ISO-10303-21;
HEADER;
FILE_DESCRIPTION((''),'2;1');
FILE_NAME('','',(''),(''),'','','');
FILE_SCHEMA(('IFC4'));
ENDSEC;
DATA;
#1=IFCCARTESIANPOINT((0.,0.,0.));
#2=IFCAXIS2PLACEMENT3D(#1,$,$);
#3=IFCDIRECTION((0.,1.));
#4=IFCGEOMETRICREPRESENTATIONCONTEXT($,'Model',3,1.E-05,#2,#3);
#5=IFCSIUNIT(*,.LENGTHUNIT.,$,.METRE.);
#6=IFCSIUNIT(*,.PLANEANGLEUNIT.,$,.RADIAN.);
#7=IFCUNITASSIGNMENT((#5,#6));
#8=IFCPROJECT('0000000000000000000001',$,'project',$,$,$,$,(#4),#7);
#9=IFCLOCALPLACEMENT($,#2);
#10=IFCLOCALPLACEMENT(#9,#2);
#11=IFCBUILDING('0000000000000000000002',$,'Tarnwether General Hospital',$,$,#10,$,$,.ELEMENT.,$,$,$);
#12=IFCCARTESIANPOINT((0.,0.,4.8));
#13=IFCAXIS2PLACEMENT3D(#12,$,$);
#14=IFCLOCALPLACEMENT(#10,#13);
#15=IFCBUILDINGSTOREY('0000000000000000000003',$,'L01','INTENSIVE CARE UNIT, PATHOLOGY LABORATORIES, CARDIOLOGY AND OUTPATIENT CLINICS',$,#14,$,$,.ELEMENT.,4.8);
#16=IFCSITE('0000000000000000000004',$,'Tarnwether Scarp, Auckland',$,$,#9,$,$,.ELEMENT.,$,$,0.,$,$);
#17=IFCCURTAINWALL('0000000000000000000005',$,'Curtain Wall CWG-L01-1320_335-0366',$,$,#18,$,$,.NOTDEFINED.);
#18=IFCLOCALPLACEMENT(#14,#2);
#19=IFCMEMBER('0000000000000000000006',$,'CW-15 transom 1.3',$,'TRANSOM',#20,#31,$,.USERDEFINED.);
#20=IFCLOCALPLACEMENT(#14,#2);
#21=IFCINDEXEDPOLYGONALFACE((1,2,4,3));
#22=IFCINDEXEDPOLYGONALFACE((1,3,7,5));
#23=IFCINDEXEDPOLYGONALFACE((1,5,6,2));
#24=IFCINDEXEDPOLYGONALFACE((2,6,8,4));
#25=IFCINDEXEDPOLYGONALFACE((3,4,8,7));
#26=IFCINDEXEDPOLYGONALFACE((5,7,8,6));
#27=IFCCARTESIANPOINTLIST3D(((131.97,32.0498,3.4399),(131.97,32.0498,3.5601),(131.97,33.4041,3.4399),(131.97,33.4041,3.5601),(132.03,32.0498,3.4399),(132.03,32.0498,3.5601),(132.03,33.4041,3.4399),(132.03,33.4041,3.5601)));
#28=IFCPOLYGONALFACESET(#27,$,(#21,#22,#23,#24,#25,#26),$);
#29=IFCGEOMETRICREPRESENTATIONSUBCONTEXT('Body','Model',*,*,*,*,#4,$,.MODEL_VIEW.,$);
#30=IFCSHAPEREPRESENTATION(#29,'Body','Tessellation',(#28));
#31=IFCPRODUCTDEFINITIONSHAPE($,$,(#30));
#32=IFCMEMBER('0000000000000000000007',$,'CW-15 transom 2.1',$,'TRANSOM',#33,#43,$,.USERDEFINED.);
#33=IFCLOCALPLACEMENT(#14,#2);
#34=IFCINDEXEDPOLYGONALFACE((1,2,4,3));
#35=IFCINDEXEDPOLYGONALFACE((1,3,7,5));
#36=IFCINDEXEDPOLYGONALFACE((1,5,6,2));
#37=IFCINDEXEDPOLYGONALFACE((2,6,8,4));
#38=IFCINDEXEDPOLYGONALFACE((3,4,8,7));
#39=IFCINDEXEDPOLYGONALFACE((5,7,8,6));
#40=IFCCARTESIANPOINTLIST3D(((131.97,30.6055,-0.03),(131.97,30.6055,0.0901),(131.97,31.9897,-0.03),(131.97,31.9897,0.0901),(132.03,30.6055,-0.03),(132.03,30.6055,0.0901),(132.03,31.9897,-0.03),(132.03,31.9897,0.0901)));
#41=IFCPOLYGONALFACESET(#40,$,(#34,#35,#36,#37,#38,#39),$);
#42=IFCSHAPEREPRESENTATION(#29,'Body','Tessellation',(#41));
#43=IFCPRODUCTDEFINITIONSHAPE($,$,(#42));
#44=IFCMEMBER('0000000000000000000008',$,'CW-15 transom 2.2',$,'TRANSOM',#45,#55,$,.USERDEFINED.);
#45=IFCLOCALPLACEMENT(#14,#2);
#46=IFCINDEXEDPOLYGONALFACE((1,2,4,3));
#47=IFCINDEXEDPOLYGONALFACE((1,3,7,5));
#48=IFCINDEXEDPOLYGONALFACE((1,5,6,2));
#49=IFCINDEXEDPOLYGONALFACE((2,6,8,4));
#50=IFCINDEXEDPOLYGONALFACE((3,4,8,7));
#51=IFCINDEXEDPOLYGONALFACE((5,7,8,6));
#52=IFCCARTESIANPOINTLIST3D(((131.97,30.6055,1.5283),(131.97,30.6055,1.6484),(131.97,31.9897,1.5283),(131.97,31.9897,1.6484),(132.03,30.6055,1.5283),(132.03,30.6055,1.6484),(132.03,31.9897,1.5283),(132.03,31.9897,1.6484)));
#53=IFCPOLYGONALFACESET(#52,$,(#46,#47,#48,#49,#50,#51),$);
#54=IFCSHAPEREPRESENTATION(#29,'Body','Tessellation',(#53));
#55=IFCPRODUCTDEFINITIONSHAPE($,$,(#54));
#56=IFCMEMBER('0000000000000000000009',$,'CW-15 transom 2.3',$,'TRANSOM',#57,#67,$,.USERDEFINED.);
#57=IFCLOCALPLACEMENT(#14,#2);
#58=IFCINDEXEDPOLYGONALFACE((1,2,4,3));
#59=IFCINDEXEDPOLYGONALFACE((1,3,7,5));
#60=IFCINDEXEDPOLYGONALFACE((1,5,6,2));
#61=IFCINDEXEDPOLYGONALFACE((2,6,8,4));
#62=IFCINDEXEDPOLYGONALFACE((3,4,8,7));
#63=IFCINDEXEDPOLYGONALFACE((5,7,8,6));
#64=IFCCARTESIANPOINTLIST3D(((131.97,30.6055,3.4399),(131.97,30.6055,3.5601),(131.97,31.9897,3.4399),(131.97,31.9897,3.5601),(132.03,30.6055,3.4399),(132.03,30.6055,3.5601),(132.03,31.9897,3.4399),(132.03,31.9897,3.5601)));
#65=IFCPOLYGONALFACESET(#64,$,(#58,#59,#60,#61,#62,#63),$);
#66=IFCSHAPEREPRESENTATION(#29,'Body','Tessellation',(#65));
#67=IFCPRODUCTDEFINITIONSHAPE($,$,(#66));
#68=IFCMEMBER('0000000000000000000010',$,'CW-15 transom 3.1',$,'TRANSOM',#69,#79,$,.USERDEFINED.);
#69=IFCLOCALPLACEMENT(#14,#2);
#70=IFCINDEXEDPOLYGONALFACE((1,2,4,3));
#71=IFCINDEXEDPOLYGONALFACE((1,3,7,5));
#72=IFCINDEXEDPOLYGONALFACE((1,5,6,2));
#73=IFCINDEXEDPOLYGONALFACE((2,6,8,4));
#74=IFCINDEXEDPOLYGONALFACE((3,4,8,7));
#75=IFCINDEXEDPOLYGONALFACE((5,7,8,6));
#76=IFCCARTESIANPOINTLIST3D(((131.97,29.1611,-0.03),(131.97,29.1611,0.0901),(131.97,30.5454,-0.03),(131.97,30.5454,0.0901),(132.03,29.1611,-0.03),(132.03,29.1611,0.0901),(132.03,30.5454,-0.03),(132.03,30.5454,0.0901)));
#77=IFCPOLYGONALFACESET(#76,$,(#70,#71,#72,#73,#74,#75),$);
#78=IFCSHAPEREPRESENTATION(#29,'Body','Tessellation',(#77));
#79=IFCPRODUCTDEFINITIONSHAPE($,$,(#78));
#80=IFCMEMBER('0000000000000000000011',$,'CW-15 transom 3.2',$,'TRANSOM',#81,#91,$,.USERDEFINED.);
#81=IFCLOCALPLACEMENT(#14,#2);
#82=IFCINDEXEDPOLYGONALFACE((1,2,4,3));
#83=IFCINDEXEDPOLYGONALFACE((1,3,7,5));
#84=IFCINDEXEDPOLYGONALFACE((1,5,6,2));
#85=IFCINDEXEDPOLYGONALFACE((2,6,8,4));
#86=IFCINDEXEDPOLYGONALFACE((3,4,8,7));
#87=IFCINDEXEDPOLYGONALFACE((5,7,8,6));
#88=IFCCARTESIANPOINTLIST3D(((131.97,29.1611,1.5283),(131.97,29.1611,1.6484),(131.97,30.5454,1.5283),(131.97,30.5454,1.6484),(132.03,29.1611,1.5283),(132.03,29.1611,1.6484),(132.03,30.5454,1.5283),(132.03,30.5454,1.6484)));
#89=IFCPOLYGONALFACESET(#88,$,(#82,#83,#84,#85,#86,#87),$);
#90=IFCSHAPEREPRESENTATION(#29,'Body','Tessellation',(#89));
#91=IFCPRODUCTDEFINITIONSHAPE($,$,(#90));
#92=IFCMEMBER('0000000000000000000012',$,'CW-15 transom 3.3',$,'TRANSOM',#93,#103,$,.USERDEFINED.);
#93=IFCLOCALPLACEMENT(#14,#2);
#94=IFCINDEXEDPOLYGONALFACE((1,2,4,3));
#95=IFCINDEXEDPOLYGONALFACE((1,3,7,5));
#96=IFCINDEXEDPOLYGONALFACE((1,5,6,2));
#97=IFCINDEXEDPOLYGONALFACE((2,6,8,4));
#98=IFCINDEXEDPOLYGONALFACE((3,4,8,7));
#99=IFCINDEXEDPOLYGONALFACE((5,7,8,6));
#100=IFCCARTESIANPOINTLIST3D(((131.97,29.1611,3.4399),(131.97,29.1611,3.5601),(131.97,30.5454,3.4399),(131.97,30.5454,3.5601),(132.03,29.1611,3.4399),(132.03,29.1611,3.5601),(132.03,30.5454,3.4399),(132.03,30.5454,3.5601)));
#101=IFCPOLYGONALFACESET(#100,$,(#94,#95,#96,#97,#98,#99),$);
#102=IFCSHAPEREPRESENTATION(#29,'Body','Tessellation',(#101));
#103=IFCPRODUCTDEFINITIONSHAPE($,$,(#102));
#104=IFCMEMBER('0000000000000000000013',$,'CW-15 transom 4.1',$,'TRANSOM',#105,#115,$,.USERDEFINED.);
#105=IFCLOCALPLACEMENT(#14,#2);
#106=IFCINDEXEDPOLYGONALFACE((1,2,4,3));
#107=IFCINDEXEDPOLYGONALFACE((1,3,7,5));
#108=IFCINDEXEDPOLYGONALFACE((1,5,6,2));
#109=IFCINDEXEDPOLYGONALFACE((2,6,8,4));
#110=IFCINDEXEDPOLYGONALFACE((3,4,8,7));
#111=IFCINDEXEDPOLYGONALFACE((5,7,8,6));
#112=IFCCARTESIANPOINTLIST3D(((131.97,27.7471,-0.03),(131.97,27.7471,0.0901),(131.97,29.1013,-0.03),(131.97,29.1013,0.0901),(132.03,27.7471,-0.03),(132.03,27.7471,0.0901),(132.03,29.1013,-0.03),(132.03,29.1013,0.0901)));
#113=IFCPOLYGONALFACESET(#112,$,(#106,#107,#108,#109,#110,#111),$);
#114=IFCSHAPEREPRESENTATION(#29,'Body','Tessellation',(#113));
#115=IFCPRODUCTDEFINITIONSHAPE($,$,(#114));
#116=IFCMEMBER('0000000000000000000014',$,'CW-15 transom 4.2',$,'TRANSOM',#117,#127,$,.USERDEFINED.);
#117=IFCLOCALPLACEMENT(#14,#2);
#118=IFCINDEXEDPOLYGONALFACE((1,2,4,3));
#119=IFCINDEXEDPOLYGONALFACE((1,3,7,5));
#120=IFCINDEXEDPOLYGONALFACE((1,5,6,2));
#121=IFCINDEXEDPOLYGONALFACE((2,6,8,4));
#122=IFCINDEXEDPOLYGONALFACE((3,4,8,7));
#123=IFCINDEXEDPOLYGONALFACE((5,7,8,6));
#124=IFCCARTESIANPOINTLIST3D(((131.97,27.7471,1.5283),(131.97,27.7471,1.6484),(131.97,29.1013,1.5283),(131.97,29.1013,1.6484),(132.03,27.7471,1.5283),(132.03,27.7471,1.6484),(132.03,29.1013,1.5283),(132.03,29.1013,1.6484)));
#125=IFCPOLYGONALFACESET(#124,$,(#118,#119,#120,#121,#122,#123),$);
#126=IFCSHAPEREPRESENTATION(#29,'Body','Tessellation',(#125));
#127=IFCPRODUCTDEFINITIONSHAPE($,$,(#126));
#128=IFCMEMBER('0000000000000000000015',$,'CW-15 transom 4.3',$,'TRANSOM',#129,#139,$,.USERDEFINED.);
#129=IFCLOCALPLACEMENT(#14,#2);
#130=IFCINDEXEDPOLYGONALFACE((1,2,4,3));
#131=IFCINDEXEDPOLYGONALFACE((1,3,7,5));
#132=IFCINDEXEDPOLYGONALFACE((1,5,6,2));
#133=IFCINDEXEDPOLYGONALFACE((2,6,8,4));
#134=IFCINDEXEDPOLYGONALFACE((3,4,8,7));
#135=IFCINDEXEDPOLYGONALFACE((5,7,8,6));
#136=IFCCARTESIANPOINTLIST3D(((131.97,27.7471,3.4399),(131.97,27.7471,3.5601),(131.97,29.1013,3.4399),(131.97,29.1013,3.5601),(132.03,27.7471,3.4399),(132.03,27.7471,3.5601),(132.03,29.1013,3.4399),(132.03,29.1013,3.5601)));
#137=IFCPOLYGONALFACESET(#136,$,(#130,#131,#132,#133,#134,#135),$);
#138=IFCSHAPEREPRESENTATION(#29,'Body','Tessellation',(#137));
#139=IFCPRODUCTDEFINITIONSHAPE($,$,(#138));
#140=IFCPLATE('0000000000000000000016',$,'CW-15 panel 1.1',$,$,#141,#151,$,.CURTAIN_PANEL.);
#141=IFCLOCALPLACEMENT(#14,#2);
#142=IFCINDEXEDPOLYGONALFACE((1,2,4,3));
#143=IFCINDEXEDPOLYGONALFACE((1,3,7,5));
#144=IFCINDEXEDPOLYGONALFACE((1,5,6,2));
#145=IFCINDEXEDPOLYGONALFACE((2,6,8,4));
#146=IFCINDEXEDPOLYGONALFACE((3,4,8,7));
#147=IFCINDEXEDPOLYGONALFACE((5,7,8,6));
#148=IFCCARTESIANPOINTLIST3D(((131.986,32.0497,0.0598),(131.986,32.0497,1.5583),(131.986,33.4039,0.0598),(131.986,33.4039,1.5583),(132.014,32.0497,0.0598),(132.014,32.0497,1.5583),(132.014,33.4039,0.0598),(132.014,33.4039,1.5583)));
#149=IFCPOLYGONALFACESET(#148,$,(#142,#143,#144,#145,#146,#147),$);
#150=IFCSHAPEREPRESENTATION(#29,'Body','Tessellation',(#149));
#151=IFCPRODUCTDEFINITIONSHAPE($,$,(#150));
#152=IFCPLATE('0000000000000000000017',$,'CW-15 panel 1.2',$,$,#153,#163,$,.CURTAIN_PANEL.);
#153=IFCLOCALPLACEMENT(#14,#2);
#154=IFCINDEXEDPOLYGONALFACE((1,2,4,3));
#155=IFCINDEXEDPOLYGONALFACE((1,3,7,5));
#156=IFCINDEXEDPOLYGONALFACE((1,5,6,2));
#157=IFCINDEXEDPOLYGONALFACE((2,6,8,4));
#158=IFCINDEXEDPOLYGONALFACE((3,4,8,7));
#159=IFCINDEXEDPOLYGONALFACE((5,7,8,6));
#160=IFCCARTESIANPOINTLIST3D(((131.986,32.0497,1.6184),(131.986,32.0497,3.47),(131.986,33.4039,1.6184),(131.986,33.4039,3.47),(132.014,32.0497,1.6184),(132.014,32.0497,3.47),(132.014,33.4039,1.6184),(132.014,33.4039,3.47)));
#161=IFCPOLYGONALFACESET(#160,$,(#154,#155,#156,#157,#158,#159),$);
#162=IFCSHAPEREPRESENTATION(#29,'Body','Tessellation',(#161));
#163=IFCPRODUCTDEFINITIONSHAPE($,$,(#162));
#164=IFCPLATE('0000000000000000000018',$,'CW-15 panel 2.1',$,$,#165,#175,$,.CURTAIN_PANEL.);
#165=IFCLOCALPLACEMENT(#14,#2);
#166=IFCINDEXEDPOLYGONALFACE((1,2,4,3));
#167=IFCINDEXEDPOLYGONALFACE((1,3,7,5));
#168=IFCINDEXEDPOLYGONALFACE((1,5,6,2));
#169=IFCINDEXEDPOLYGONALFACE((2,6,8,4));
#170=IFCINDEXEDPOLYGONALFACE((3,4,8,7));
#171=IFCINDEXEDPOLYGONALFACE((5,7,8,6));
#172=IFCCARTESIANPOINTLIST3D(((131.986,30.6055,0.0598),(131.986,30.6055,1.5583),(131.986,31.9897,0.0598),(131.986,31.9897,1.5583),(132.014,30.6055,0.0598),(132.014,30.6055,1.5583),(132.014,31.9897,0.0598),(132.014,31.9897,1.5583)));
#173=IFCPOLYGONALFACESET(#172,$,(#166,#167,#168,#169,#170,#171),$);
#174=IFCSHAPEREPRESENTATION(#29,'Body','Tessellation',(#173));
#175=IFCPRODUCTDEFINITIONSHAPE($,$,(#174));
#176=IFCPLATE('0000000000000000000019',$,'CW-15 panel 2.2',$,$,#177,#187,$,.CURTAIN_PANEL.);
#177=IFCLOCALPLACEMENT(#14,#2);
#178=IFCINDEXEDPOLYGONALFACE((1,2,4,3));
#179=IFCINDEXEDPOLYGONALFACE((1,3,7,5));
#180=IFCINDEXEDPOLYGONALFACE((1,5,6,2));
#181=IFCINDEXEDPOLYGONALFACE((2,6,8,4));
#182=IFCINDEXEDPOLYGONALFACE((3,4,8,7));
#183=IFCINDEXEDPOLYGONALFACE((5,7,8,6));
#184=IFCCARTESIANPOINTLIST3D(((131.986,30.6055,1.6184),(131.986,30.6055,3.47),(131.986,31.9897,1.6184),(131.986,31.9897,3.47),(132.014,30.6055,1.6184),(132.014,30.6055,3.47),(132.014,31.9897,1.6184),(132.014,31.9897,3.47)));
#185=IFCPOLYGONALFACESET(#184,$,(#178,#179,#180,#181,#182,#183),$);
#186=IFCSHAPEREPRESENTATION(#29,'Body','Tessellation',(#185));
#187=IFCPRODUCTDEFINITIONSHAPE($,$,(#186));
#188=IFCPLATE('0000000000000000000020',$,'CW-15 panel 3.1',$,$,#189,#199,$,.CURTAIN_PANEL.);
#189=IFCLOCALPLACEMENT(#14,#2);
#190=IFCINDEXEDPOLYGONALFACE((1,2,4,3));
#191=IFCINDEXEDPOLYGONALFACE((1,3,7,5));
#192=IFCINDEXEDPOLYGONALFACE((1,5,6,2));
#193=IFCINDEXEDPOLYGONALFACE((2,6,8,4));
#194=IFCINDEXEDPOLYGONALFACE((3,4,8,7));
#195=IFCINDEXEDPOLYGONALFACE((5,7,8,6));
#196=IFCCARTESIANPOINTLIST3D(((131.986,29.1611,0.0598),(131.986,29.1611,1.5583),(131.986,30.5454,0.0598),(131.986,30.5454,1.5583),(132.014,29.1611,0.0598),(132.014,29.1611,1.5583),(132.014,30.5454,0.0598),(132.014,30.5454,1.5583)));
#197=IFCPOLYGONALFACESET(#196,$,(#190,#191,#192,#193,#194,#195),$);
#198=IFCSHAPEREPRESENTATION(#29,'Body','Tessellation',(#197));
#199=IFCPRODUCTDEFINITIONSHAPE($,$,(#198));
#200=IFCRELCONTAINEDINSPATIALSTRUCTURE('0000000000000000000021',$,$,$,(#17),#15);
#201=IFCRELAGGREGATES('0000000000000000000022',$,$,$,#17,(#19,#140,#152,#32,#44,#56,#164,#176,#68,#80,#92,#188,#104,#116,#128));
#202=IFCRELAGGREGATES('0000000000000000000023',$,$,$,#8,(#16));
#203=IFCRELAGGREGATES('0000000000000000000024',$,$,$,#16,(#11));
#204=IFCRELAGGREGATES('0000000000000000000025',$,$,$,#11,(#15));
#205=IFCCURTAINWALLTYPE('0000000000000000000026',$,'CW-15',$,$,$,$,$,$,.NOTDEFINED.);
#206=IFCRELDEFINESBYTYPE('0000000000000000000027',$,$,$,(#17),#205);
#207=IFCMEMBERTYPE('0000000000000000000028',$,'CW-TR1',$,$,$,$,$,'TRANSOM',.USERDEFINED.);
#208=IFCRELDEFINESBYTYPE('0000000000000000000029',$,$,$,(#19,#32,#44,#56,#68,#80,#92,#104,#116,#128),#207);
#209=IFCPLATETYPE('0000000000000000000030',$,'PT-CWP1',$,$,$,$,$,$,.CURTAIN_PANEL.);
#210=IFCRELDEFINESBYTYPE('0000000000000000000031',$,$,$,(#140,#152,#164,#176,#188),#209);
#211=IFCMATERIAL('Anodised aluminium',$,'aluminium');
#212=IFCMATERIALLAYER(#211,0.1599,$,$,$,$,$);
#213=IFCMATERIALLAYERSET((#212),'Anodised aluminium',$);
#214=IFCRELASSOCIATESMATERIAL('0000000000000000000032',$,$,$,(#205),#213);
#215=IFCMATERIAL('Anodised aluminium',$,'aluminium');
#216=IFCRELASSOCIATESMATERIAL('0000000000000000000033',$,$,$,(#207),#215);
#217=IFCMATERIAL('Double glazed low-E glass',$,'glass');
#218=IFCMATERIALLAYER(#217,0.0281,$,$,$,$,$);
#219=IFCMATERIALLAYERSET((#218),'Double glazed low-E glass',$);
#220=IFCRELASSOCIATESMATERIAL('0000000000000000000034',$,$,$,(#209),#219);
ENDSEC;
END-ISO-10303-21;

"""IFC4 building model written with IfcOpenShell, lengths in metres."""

from ifc_helpers import new_model, si_unit, direction, frame, origin, origin_2d, place, context, subcontext, project, spatial, rectangle, extrude, material, layer, layer_set, material_profile, profile_set, type_object, element, aggregate, save


model = new_model("IFC4")

# Units and contexts
model_context = context("Model", 3, precision=1e-05, world=origin(), true_north=direction((0.0, 1.0)))
body_context = subcontext(model_context, "Body", "Model", "MODEL_VIEW")
ifc_project = project(units=[si_unit("LENGTHUNIT", "METRE"), si_unit("PLANEANGLEUNIT", "RADIAN")], contexts=[model_context])

# Site, building, storey
site_placement = place(None, origin())
site = spatial("IfcSite", under=ifc_project, at=site_placement, Name="Tarnwether Scarp, Auckland", CompositionType="ELEMENT", RefElevation=0.0)
building_placement = place(site_placement, origin())
building = spatial("IfcBuilding", under=site, at=building_placement, Name="Tarnwether General Hospital", CompositionType="ELEMENT")
storey_placement = place(building_placement, frame((0.0, 0.0, 4.8)))
storey = spatial("IfcBuildingStorey", under=building, at=storey_placement, Name="L01", Description="INTENSIVE CARE UNIT, PATHOLOGY LABORATORIES, CARDIOLOGY AND OUTPATIENT CLINICS", CompositionType="ELEMENT", Elevation=4.8)

# Shared definitions
ifc_material_1 = material(Name="Anodised aluminium", Category="aluminium")
ifc_layer_1 = layer(ifc_material_1, 0.1599)
ifc_layer_set_1 = layer_set([ifc_layer_1], Name="Anodised aluminium")
curtain_wall_type_1 = type_object("IfcCurtainWallType", Name="CW-15", PredefinedType="NOTDEFINED", material=ifc_layer_set_1)

# Curtain wall
curtain_wall_1_placement = place(storey_placement, origin())
curtain_wall_1 = element("IfcCurtainWall", 1, at=curtain_wall_1_placement, inside=storey, type_object=curtain_wall_type_1, Name="Curtain Wall CWG-L01-1320_335-0366", PredefinedType="NOTDEFINED")

# Members
ifc_material_2 = material(Name="Anodised aluminium", Category="aluminium")
ifc_material_profile_1 = material_profile(ifc_material_2, rectangle(XDim=0.0601, YDim=0.1201, at=origin_2d()), Name="ALU-TRN-60x120")
ifc_profile_set_1 = profile_set([ifc_material_profile_1], Name="Anodised aluminium")
member_type_1 = type_object("IfcMemberType", Name="CW-TR1", ElementType="TRANSOM", PredefinedType="USERDEFINED", material=ifc_profile_set_1)
member_1_placement = place(storey_placement, frame((132.0, 33.4041, 3.5), z_axis=(0.0, -1.0, 0.0), x_axis=(1.0, 0.0, 0.0)))
member_1 = element("IfcMember", 2, at=member_1_placement, type_object=member_type_1, Name="CW-15 transom 1.3", ObjectType="TRANSOM", PredefinedType="USERDEFINED", context=body_context, shape_type="SweptSolid", body=[
    extrude(rectangle(XDim=0.0601, YDim=0.1201, at=origin_2d()), origin(), (0.0, 0.0, 1.0), 1.3542),
])
member_2_placement = place(storey_placement, frame((132.0, 31.9897, 0.03), z_axis=(0.0, -1.0, 0.0), x_axis=(1.0, 0.0, 0.0)))
member_2 = element("IfcMember", 3, at=member_2_placement, type_object=member_type_1, Name="CW-15 transom 2.1", ObjectType="TRANSOM", PredefinedType="USERDEFINED", context=body_context, shape_type="SweptSolid", body=[
    extrude(rectangle(XDim=0.0601, YDim=0.1201, at=origin_2d()), origin(), (0.0, 0.0, 1.0), 1.3843),
])
member_3_placement = place(storey_placement, frame((132.0, 31.9897, 1.5884), z_axis=(0.0, -1.0, 0.0), x_axis=(1.0, 0.0, 0.0)))
member_3 = element("IfcMember", 4, at=member_3_placement, type_object=member_type_1, Name="CW-15 transom 2.2", ObjectType="TRANSOM", PredefinedType="USERDEFINED", context=body_context, shape_type="SweptSolid", body=[
    extrude(rectangle(XDim=0.0601, YDim=0.1201, at=origin_2d()), origin(), (0.0, 0.0, 1.0), 1.3843),
])
member_4_placement = place(storey_placement, frame((132.0, 31.9897, 3.5), z_axis=(0.0, -1.0, 0.0), x_axis=(1.0, 0.0, 0.0)))
member_4 = element("IfcMember", 5, at=member_4_placement, type_object=member_type_1, Name="CW-15 transom 2.3", ObjectType="TRANSOM", PredefinedType="USERDEFINED", context=body_context, shape_type="SweptSolid", body=[
    extrude(rectangle(XDim=0.0601, YDim=0.1201, at=origin_2d()), origin(), (0.0, 0.0, 1.0), 1.3843),
])
member_5_placement = place(storey_placement, frame((132.0, 30.5454, 0.03), z_axis=(0.0, -1.0, 0.0), x_axis=(1.0, 0.0, 0.0)))
member_5 = element("IfcMember", 6, at=member_5_placement, type_object=member_type_1, Name="CW-15 transom 3.1", ObjectType="TRANSOM", PredefinedType="USERDEFINED", context=body_context, shape_type="SweptSolid", body=[
    extrude(rectangle(XDim=0.0601, YDim=0.1201, at=origin_2d()), origin(), (0.0, 0.0, 1.0), 1.3843),
])
member_6_placement = place(storey_placement, frame((132.0, 30.5454, 1.5884), z_axis=(0.0, -1.0, 0.0), x_axis=(1.0, 0.0, 0.0)))
member_6 = element("IfcMember", 7, at=member_6_placement, type_object=member_type_1, Name="CW-15 transom 3.2", ObjectType="TRANSOM", PredefinedType="USERDEFINED", context=body_context, shape_type="SweptSolid", body=[
    extrude(rectangle(XDim=0.0601, YDim=0.1201, at=origin_2d()), origin(), (0.0, 0.0, 1.0), 1.3843),
])
member_7_placement = place(storey_placement, frame((132.0, 30.5454, 3.5), z_axis=(0.0, -1.0, 0.0), x_axis=(1.0, 0.0, 0.0)))
member_7 = element("IfcMember", 8, at=member_7_placement, type_object=member_type_1, Name="CW-15 transom 3.3", ObjectType="TRANSOM", PredefinedType="USERDEFINED", context=body_context, shape_type="SweptSolid", body=[
    extrude(rectangle(XDim=0.0601, YDim=0.1201, at=origin_2d()), origin(), (0.0, 0.0, 1.0), 1.3843),
])
member_8_placement = place(storey_placement, frame((132.0, 29.1013, 0.03), z_axis=(0.0, -1.0, 0.0), x_axis=(1.0, 0.0, 0.0)))
member_8 = element("IfcMember", 9, at=member_8_placement, type_object=member_type_1, Name="CW-15 transom 4.1", ObjectType="TRANSOM", PredefinedType="USERDEFINED", context=body_context, shape_type="SweptSolid", body=[
    extrude(rectangle(XDim=0.0601, YDim=0.1201, at=origin_2d()), origin(), (0.0, 0.0, 1.0), 1.3542),
])
member_9_placement = place(storey_placement, frame((132.0, 29.1013, 1.5884), z_axis=(0.0, -1.0, 0.0), x_axis=(1.0, 0.0, 0.0)))
member_9 = element("IfcMember", 10, at=member_9_placement, type_object=member_type_1, Name="CW-15 transom 4.2", ObjectType="TRANSOM", PredefinedType="USERDEFINED", context=body_context, shape_type="SweptSolid", body=[
    extrude(rectangle(XDim=0.0601, YDim=0.1201, at=origin_2d()), origin(), (0.0, 0.0, 1.0), 1.3542),
])
member_10_placement = place(storey_placement, frame((132.0, 29.1013, 3.5), z_axis=(0.0, -1.0, 0.0), x_axis=(1.0, 0.0, 0.0)))
member_10 = element("IfcMember", 11, at=member_10_placement, type_object=member_type_1, Name="CW-15 transom 4.3", ObjectType="TRANSOM", PredefinedType="USERDEFINED", context=body_context, shape_type="SweptSolid", body=[
    extrude(rectangle(XDim=0.0601, YDim=0.1201, at=origin_2d()), origin(), (0.0, 0.0, 1.0), 1.3542),
])

# Plates
ifc_material_3 = material(Name="Double glazed low-E glass", Category="glass")
ifc_layer_2 = layer(ifc_material_3, 0.0281)
ifc_layer_set_2 = layer_set([ifc_layer_2], Name="Double glazed low-E glass")
plate_type = type_object("IfcPlateType", Name="PT-CWP1", PredefinedType="CURTAIN_PANEL", material=ifc_layer_set_2)
plate_1_placement = place(storey_placement, frame((132.0, 32.7268, 0.0598), z_axis=(0.0, 0.0, 1.0), x_axis=(0.0, -1.0, 0.0)))
plate_1 = element("IfcPlate", 12, at=plate_1_placement, type_object=plate_type, Name="CW-15 panel 1.1", PredefinedType="CURTAIN_PANEL", context=body_context, shape_type="SweptSolid", body=[
    extrude(rectangle(XDim=1.3542, YDim=0.0281, at=origin_2d()), origin(), (0.0, 0.0, 1.0), 1.4985),
])
plate_2_placement = place(storey_placement, frame((132.0, 32.7268, 1.6184), z_axis=(0.0, 0.0, 1.0), x_axis=(0.0, -1.0, 0.0)))
plate_2 = element("IfcPlate", 13, at=plate_2_placement, type_object=plate_type, Name="CW-15 panel 1.2", PredefinedType="CURTAIN_PANEL", context=body_context, shape_type="SweptSolid", body=[
    extrude(rectangle(XDim=1.3542, YDim=0.0281, at=origin_2d()), origin(), (0.0, 0.0, 1.0), 1.8516),
])
plate_3_placement = place(storey_placement, frame((132.0, 31.2976, 0.0598), z_axis=(0.0, 0.0, 1.0), x_axis=(0.0, -1.0, 0.0)))
plate_3 = element("IfcPlate", 14, at=plate_3_placement, type_object=plate_type, Name="CW-15 panel 2.1", PredefinedType="CURTAIN_PANEL", context=body_context, shape_type="SweptSolid", body=[
    extrude(rectangle(XDim=1.3843, YDim=0.0281, at=origin_2d()), origin(), (0.0, 0.0, 1.0), 1.4985),
])
plate_4_placement = place(storey_placement, frame((132.0, 31.2976, 1.6184), z_axis=(0.0, 0.0, 1.0), x_axis=(0.0, -1.0, 0.0)))
plate_4 = element("IfcPlate", 15, at=plate_4_placement, type_object=plate_type, Name="CW-15 panel 2.2", PredefinedType="CURTAIN_PANEL", context=body_context, shape_type="SweptSolid", body=[
    extrude(rectangle(XDim=1.3843, YDim=0.0281, at=origin_2d()), origin(), (0.0, 0.0, 1.0), 1.8516),
])
plate_5_placement = place(storey_placement, frame((132.0, 29.8533, 0.0598), z_axis=(0.0, 0.0, 1.0), x_axis=(0.0, -1.0, 0.0)))
plate_5 = element("IfcPlate", 16, at=plate_5_placement, type_object=plate_type, Name="CW-15 panel 3.1", PredefinedType="CURTAIN_PANEL", context=body_context, shape_type="SweptSolid", body=[
    extrude(rectangle(XDim=1.3843, YDim=0.0281, at=origin_2d()), origin(), (0.0, 0.0, 1.0), 1.4985),
])
aggregate(curtain_wall_1, [member_1, plate_1, plate_2, member_2, member_3, member_4, plate_3, plate_4, member_5, member_6, member_7, plate_5, member_8, member_9, member_10])

save(model, "model.ifc")
